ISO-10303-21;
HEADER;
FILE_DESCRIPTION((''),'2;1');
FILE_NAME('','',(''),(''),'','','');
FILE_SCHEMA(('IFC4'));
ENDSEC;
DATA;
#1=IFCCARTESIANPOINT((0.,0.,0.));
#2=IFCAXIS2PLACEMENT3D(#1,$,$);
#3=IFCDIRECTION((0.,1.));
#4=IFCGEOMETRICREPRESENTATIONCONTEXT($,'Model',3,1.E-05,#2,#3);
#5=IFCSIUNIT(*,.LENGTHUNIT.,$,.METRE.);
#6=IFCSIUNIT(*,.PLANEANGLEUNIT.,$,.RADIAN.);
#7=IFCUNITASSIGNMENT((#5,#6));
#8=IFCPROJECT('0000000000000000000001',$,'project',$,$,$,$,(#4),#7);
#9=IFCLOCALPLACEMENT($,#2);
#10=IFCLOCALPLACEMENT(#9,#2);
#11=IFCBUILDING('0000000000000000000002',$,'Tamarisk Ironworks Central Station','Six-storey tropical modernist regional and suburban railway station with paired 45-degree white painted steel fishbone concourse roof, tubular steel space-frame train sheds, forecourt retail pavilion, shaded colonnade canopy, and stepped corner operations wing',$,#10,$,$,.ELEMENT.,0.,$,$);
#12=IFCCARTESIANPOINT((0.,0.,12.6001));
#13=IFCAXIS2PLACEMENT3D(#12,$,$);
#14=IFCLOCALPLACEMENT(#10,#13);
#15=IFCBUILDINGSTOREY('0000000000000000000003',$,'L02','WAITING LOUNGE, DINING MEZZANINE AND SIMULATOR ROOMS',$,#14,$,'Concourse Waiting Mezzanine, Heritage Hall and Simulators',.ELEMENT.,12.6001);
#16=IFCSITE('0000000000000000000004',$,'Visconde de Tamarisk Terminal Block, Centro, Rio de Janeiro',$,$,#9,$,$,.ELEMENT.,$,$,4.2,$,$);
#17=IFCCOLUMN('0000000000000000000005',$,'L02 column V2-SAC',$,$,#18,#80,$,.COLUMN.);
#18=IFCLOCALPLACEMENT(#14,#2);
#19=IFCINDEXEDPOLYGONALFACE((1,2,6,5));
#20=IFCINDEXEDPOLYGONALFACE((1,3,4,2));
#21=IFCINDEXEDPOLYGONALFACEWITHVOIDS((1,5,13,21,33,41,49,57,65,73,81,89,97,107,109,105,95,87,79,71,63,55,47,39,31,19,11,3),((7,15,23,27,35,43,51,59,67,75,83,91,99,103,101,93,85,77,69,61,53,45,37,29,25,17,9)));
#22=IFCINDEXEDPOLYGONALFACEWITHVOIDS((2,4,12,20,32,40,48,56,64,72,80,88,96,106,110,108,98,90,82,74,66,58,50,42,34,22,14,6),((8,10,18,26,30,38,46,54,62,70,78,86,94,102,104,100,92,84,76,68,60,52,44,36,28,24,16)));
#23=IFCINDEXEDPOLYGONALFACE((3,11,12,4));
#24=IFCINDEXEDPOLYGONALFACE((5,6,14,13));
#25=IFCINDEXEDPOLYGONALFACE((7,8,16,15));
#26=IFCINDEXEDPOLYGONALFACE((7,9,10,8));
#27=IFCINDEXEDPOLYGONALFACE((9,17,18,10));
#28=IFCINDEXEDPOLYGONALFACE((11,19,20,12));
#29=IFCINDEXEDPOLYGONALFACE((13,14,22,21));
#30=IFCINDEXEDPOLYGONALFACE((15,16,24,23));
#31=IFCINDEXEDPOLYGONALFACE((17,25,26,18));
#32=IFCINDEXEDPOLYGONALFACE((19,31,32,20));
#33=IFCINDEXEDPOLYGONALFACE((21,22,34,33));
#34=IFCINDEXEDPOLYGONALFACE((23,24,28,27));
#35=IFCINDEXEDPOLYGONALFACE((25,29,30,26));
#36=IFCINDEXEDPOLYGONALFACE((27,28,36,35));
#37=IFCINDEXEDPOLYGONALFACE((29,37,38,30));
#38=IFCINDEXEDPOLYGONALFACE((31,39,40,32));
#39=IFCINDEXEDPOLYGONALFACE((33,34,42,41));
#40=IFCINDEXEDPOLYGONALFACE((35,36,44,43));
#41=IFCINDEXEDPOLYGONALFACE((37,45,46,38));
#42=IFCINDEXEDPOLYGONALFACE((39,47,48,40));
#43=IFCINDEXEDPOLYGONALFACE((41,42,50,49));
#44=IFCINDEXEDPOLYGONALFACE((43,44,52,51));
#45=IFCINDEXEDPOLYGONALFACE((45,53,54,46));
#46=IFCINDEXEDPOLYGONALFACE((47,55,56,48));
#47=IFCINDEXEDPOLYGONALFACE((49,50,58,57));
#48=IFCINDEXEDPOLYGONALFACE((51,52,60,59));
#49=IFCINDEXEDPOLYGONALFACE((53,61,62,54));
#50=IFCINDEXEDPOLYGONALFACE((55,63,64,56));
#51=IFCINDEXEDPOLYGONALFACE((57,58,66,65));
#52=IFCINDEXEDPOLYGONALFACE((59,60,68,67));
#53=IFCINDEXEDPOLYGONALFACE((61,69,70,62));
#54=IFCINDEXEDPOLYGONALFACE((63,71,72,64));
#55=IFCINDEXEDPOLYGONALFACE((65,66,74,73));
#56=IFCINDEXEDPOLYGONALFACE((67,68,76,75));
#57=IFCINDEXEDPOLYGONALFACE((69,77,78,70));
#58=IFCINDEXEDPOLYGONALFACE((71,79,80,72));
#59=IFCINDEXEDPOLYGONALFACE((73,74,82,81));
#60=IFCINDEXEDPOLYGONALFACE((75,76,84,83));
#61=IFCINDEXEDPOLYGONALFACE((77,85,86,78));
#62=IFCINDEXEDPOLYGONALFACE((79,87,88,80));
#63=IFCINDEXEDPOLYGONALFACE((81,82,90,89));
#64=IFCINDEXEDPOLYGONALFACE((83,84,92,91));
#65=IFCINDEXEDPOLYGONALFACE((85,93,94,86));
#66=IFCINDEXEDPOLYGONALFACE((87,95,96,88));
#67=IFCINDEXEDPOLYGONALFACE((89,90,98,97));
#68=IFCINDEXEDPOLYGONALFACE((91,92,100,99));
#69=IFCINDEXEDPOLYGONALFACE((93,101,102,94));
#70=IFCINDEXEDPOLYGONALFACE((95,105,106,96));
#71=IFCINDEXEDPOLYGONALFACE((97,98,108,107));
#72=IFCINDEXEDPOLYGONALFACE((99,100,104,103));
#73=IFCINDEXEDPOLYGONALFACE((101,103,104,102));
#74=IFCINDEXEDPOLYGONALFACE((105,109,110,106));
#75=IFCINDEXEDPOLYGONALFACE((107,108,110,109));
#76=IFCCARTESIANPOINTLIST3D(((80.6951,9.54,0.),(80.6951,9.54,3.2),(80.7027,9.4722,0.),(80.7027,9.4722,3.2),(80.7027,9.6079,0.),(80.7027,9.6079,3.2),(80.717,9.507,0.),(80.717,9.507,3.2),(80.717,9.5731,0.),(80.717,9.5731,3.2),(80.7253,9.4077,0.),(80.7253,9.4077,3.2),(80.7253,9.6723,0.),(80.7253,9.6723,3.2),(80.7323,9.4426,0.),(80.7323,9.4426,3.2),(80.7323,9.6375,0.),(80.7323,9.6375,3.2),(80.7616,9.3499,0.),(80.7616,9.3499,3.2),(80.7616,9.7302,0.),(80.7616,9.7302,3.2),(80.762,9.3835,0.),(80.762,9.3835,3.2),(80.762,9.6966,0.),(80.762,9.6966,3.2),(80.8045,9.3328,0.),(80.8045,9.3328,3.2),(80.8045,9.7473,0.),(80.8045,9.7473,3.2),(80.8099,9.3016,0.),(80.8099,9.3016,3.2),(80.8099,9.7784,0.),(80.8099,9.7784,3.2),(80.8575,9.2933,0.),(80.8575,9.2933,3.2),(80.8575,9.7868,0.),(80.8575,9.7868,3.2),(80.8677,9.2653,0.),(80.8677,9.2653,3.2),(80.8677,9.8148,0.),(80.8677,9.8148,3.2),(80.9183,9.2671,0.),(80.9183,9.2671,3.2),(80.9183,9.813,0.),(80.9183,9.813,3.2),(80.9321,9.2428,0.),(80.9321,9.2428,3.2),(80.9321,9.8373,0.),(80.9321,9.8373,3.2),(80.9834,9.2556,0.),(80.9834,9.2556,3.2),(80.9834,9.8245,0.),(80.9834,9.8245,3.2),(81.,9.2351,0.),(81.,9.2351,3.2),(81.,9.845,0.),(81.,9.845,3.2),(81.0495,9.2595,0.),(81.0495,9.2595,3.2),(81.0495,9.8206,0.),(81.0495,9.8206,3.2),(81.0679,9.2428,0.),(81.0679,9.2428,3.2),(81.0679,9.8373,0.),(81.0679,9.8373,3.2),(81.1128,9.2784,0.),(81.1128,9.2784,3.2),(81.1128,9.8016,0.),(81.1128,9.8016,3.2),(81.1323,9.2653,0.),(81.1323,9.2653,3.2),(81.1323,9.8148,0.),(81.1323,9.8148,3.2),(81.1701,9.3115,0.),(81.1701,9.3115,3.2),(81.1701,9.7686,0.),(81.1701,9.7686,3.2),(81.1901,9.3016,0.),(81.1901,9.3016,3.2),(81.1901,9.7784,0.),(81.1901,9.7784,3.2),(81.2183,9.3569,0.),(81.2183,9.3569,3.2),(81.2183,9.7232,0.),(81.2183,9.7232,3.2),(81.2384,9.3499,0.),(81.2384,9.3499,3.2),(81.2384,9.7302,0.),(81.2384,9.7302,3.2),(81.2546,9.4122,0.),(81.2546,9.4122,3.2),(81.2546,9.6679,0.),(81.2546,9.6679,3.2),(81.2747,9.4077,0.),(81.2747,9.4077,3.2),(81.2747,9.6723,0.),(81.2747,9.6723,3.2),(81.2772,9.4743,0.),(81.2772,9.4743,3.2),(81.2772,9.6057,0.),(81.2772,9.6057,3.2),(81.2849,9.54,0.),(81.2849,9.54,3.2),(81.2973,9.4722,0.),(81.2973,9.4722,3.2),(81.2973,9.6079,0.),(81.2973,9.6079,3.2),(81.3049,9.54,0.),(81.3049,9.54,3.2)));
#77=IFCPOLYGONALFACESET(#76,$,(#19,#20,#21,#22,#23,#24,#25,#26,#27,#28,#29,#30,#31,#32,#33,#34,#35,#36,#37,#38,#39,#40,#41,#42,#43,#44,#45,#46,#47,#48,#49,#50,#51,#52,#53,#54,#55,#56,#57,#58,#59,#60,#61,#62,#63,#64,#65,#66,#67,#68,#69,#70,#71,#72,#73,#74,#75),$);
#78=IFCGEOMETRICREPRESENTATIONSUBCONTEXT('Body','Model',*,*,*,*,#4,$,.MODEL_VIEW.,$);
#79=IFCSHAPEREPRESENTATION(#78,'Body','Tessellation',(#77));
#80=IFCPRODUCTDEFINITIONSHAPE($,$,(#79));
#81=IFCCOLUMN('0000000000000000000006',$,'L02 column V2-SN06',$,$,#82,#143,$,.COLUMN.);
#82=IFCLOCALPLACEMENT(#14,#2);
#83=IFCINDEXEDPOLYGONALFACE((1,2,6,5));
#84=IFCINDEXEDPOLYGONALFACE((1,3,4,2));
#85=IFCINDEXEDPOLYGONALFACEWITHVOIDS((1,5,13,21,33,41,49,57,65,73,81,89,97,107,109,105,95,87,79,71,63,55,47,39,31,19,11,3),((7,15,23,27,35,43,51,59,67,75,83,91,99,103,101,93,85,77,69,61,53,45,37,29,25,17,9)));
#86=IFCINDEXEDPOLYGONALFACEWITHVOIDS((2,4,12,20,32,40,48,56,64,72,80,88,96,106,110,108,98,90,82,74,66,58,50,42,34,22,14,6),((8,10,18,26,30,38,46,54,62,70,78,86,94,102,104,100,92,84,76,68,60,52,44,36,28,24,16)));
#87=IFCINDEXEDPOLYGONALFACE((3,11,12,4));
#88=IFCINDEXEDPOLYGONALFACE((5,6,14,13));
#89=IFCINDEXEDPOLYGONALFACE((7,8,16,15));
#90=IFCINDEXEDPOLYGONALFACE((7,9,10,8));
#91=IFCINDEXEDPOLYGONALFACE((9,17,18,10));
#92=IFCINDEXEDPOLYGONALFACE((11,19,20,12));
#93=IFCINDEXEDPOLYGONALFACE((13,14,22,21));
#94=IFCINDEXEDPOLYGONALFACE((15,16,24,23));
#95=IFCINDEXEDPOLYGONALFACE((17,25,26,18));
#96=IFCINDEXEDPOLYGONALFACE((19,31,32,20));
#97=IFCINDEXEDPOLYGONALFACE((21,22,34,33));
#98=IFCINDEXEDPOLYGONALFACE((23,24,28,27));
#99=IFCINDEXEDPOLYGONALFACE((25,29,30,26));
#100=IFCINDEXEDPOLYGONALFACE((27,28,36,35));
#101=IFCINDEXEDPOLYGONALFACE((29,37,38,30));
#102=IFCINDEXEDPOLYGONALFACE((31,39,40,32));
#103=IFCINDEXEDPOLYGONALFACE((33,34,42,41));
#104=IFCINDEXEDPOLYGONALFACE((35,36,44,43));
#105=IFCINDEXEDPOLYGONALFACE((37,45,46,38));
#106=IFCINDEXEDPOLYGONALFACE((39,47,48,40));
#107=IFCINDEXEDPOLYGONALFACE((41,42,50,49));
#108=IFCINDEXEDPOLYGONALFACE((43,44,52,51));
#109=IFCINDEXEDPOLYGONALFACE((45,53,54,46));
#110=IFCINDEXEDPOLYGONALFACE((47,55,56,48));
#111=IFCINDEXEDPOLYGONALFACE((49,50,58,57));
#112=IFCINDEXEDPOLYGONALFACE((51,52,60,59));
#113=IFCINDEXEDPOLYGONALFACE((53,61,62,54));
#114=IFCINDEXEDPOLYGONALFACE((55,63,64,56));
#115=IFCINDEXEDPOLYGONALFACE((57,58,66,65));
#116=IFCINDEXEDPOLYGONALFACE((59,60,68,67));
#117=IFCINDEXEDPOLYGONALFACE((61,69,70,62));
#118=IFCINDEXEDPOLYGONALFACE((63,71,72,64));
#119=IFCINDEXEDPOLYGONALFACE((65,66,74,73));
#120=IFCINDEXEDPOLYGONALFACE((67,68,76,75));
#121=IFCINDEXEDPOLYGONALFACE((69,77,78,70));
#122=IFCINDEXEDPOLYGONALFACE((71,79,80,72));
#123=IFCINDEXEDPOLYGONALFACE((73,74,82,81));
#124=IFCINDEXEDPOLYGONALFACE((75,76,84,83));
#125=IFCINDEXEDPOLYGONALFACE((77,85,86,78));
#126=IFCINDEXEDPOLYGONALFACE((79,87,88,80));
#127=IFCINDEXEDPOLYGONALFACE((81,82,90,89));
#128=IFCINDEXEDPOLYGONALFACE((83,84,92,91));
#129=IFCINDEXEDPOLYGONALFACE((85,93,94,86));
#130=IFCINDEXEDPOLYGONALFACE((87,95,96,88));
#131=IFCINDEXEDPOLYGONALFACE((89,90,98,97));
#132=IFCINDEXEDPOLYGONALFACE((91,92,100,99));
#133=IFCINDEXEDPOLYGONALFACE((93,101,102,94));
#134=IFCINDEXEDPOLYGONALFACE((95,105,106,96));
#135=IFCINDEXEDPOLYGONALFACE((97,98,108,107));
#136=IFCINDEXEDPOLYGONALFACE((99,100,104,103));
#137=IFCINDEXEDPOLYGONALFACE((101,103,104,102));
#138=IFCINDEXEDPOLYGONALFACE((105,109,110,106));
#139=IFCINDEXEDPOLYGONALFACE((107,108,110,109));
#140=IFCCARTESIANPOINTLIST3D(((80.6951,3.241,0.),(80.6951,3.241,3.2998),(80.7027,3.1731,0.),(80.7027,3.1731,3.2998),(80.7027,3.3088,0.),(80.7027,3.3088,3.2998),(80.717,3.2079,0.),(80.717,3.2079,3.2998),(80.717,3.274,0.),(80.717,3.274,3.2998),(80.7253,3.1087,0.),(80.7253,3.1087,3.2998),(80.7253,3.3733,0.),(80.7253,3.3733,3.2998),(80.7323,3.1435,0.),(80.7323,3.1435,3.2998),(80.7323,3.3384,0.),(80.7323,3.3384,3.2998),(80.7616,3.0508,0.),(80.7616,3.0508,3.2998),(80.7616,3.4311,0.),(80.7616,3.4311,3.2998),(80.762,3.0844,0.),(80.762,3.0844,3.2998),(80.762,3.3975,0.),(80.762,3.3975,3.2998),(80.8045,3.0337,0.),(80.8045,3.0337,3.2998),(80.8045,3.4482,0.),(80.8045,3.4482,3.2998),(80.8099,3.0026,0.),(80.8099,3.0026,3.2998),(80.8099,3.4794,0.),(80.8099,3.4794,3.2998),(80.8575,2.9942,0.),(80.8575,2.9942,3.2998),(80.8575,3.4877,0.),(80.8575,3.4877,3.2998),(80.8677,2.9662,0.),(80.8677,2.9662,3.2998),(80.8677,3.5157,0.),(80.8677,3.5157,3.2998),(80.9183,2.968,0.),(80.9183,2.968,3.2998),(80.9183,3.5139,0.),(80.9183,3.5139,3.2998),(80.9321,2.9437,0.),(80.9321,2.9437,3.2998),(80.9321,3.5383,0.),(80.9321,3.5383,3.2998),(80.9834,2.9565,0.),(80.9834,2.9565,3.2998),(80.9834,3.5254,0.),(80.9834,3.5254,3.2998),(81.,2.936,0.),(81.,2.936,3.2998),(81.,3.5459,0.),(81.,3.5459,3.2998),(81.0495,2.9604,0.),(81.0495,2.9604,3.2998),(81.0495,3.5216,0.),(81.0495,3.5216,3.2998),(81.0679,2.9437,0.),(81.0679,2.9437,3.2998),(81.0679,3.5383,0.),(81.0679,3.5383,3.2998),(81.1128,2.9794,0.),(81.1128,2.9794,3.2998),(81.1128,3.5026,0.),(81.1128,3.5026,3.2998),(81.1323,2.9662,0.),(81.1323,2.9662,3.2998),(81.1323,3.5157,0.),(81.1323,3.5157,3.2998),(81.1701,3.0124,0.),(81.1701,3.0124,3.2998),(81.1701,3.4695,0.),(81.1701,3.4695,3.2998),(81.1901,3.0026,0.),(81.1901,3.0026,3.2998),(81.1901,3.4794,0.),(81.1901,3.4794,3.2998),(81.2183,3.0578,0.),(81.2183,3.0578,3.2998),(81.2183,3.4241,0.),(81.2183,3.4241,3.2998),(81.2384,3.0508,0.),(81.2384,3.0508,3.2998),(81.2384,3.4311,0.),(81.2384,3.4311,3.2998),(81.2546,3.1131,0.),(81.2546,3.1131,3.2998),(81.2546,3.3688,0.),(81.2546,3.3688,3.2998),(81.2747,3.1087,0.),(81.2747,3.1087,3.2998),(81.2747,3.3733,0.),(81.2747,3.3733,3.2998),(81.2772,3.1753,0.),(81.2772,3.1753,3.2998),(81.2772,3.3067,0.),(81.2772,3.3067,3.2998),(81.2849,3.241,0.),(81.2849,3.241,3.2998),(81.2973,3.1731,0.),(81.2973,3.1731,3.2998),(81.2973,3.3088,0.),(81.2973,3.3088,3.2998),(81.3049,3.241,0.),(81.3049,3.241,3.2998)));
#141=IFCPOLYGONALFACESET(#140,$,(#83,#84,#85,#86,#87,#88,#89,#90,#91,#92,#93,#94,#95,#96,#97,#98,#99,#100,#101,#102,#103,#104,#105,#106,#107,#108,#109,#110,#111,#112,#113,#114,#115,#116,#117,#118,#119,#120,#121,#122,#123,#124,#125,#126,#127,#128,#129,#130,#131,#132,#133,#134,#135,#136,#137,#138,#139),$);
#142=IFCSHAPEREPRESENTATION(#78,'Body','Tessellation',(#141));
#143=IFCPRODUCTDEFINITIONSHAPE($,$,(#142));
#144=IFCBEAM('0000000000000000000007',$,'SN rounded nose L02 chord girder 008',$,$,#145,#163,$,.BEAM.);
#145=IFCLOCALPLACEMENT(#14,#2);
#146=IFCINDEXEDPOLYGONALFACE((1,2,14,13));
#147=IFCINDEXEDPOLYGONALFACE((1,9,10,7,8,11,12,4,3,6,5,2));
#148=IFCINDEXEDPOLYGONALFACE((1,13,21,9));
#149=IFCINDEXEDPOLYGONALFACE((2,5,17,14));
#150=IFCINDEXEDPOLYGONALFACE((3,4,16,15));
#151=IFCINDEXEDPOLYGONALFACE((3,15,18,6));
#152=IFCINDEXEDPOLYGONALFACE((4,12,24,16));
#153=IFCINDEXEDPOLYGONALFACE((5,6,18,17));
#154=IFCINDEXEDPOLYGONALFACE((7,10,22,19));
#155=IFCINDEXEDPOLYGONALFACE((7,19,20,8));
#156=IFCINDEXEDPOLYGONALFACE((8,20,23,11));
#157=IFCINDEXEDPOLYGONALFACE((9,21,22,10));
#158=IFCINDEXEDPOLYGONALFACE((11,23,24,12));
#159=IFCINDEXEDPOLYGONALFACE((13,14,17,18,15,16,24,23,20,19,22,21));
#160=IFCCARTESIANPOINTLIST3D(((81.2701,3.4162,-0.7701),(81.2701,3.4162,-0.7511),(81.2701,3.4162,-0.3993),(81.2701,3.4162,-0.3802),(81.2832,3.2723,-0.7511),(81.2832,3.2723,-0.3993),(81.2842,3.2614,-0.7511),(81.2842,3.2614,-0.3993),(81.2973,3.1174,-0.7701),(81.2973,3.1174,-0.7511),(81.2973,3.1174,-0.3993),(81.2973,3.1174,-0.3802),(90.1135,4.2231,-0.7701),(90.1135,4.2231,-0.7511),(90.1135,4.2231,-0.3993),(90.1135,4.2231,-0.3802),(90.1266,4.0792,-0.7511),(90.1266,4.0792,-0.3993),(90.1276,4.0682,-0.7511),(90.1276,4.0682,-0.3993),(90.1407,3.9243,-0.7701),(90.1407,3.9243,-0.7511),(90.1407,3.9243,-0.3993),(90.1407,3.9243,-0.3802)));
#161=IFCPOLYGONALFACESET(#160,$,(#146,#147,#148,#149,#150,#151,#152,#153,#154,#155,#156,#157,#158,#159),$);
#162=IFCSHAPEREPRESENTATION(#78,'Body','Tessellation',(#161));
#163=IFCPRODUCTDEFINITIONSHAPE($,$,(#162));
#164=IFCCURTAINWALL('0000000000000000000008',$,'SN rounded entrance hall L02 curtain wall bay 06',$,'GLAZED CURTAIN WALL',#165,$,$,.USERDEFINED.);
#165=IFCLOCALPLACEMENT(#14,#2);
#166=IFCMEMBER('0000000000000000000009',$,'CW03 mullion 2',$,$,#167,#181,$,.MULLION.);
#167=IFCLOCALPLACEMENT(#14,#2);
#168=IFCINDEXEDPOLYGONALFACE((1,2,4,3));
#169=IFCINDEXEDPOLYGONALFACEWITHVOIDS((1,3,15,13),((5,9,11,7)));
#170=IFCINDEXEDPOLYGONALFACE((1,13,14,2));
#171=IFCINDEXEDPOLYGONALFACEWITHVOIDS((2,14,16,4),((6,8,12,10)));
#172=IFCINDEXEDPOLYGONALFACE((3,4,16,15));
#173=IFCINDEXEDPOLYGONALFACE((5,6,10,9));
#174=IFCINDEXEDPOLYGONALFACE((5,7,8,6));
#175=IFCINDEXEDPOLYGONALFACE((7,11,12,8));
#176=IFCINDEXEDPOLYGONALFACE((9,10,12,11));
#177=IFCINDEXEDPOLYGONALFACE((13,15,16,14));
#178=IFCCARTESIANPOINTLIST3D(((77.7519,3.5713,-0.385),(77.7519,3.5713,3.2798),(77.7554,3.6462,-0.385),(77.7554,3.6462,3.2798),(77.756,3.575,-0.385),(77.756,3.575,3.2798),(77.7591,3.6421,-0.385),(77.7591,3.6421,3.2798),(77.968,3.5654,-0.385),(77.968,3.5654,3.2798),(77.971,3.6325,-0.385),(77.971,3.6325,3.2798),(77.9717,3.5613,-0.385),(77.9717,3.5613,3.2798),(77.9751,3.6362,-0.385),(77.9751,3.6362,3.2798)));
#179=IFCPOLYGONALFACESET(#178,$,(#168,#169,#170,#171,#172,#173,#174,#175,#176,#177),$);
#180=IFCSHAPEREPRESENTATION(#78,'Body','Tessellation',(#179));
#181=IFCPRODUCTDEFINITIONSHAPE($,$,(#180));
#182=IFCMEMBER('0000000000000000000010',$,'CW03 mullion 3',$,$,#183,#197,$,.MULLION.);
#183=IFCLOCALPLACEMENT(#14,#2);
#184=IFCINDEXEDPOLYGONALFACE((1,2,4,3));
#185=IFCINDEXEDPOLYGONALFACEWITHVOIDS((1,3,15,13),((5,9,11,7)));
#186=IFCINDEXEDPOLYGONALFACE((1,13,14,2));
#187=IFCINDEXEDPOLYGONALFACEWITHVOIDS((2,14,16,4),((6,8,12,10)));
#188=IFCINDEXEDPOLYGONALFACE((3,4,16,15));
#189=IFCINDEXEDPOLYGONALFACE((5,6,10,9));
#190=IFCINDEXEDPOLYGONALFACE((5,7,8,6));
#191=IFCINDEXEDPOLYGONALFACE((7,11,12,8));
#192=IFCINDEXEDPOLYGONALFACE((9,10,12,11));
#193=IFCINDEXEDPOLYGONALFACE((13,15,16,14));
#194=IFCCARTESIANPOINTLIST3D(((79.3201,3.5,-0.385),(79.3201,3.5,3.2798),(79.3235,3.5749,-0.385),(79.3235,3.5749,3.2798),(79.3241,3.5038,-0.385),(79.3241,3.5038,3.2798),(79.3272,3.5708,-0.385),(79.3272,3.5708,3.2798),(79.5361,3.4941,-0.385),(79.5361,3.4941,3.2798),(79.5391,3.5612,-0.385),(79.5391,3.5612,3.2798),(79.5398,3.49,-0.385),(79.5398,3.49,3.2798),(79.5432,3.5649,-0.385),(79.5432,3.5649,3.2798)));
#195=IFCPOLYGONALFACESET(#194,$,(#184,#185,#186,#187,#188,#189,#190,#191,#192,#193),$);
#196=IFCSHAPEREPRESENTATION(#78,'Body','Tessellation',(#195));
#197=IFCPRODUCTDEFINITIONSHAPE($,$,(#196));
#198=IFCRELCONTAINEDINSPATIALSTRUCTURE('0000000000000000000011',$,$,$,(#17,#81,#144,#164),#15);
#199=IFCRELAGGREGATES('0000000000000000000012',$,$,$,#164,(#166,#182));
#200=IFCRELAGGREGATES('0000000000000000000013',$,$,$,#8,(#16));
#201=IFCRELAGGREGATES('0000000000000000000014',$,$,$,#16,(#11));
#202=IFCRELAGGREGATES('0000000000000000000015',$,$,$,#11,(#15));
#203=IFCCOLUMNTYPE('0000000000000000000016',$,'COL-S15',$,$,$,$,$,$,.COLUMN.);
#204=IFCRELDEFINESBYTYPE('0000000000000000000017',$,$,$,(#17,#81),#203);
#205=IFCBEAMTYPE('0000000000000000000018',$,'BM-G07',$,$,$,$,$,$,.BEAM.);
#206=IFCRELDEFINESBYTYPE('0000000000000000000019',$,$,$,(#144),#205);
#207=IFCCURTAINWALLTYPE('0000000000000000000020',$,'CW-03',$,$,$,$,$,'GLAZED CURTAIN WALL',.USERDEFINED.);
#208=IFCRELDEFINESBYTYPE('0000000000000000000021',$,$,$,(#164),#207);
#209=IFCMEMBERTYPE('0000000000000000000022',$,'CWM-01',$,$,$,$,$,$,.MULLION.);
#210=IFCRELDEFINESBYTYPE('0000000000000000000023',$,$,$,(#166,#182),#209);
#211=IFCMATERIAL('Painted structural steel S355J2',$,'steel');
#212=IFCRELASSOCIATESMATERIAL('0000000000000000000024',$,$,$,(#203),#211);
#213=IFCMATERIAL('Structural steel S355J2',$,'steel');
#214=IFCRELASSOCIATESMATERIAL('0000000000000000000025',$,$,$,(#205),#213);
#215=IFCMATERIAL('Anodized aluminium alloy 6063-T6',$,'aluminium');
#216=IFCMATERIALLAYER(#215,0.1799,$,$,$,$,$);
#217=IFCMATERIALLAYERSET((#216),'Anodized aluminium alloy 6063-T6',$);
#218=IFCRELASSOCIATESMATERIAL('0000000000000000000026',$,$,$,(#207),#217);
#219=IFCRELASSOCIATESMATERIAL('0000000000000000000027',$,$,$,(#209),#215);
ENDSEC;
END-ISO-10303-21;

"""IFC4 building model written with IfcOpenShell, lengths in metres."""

from ifc_helpers import new_model, si_unit, direction, frame, origin, origin_2d, place, context, subcontext, project, spatial, hollow_rectangle, hollow_circle, i_section, extrude, material, layer, layer_set, material_profile, profile_set, type_object, element, aggregate, save


model = new_model("IFC4")

# Units and contexts
model_context = context("Model", 3, precision=1e-05, world=origin(), true_north=direction((0.0, 1.0)))
body_context = subcontext(model_context, "Body", "Model", "MODEL_VIEW")
ifc_project = project(units=[si_unit("LENGTHUNIT", "METRE"), si_unit("PLANEANGLEUNIT", "RADIAN")], contexts=[model_context])

# Site, building, storey
site_placement = place(None, origin())
site = spatial("IfcSite", under=ifc_project, at=site_placement, Name="Visconde de Tamarisk Terminal Block, Centro, Rio de Janeiro", CompositionType="ELEMENT", RefElevation=4.2)
building_placement = place(site_placement, origin())
building = spatial("IfcBuilding", under=site, at=building_placement, Name="Tamarisk Ironworks Central Station", Description="Six-storey tropical modernist regional and suburban railway station with paired 45-degree white painted steel fishbone concourse roof, tubular steel space-frame train sheds, forecourt retail pavilion, shaded colonnade canopy, and stepped corner operations wing", CompositionType="ELEMENT", ElevationOfRefHeight=0.0)
storey_placement = place(building_placement, frame((0.0, 0.0, 12.6001)))
storey = spatial("IfcBuildingStorey", under=building, at=storey_placement, Name="L02", Description="WAITING LOUNGE, DINING MEZZANINE AND SIMULATOR ROOMS", LongName="Concourse Waiting Mezzanine, Heritage Hall and Simulators", CompositionType="ELEMENT", Elevation=12.6001)

# Columns
ifc_material_1 = material(Name="Painted structural steel S355J2", Category="steel")
ifc_material_profile_1 = material_profile(ifc_material_1, hollow_circle(Radius=0.3049, WallThickness=0.02, at=origin_2d()), Name="CHS 610x20")
ifc_profile_set_1 = profile_set([ifc_material_profile_1], Name="Painted structural steel S355J2")
column_type = type_object("IfcColumnType", Name="COL-S15", PredefinedType="COLUMN", material=ifc_profile_set_1)
column_1_placement = place(storey_placement, frame((81.0, 9.54, 0.0), z_axis=(0.0, 0.0, 1.0), x_axis=(1.0, 0.0, 0.0)))
element("IfcColumn", 1, at=column_1_placement, inside=storey, type_object=column_type, Name="L02 column V2-SAC", PredefinedType="COLUMN", context=body_context, shape_type="SweptSolid", body=[
    extrude(hollow_circle(Radius=0.3049, WallThickness=0.02, at=origin_2d()), origin(), (0.0, 0.0, 1.0), 3.2),
])
column_2_placement = place(storey_placement, frame((81.0, 3.241, 0.0), z_axis=(0.0, 0.0, 1.0), x_axis=(1.0, 0.0, 0.0)))
element("IfcColumn", 2, at=column_2_placement, inside=storey, type_object=column_type, Name="L02 column V2-SN06", PredefinedType="COLUMN", context=body_context, shape_type="SweptSolid", body=[
    extrude(hollow_circle(Radius=0.3049, WallThickness=0.02, at=origin_2d()), origin(), (0.0, 0.0, 1.0), 3.2998),
])

# Beam
ifc_material_2 = material(Name="Structural steel S355J2", Category="steel")
ifc_material_profile_2 = material_profile(ifc_material_2, i_section(OverallWidth=0.3, OverallDepth=0.3899, WebThickness=0.011, FlangeThickness=0.019, at=origin_2d()), Name="HEA 400")
ifc_profile_set_2 = profile_set([ifc_material_profile_2], Name="Structural steel S355J2")
beam_type = type_object("IfcBeamType", Name="BM-G07", PredefinedType="BEAM", material=ifc_profile_set_2)
beam_placement = place(storey_placement, frame((81.2837, 3.2668, -0.5752), z_axis=(0.995863, 0.090863, 0.0), x_axis=(-0.090863, 0.995863, 0.0)))
element("IfcBeam", 3, at=beam_placement, inside=storey, type_object=beam_type, Name="SN rounded nose L02 chord girder 008", PredefinedType="BEAM", context=body_context, shape_type="SweptSolid", body=[
    extrude(i_section(OverallWidth=0.3, OverallDepth=0.3899, WebThickness=0.011, FlangeThickness=0.019, at=origin_2d()), origin(), (0.0, 0.0, 1.0), 8.8801),
])

# Curtain wall, members
ifc_material_3 = material(Name="Anodized aluminium alloy 6063-T6", Category="aluminium")
ifc_layer_1 = layer(ifc_material_3, 0.1799)
ifc_layer_set_1 = layer_set([ifc_layer_1], Name="Anodized aluminium alloy 6063-T6")
curtain_wall_type = type_object("IfcCurtainWallType", Name="CW-03", ElementType="GLAZED CURTAIN WALL", PredefinedType="USERDEFINED", material=ifc_layer_set_1)
curtain_wall_1_placement = place(storey_placement, origin())
curtain_wall_1 = element("IfcCurtainWall", 4, at=curtain_wall_1_placement, inside=storey, type_object=curtain_wall_type, Name="SN rounded entrance hall L02 curtain wall bay 06", ObjectType="GLAZED CURTAIN WALL", PredefinedType="USERDEFINED")
ifc_material_profile_3 = material_profile(ifc_material_3, hollow_rectangle(XDim=0.075, YDim=0.22, WallThickness=0.0039, at=origin_2d()), Name="ALUM 220x75")
ifc_profile_set_3 = profile_set([ifc_material_profile_3], Name="Anodized aluminium alloy 6063-T6")
member_type_1 = type_object("IfcMemberType", Name="CWM-01", PredefinedType="MULLION", material=ifc_profile_set_3)
member_1_placement = place(storey_placement, frame((77.8635, 3.6038, -0.385), z_axis=(0.0, 0.0, 1.0), x_axis=(0.045481, 0.998965, 0.0)))
member_1 = element("IfcMember", 5, at=member_1_placement, type_object=member_type_1, Name="CW03 mullion 2", PredefinedType="MULLION", context=body_context, shape_type="SweptSolid", body=[
    extrude(hollow_rectangle(XDim=0.075, YDim=0.22, WallThickness=0.0039, at=origin_2d()), origin(), (0.0, 0.0, 1.0), 3.6648),
])
member_2_placement = place(storey_placement, frame((79.4316, 3.5325, -0.385), z_axis=(0.0, 0.0, 1.0), x_axis=(0.045481, 0.998965, 0.0)))
member_2 = element("IfcMember", 6, at=member_2_placement, type_object=member_type_1, Name="CW03 mullion 3", PredefinedType="MULLION", context=body_context, shape_type="SweptSolid", body=[
    extrude(hollow_rectangle(XDim=0.075, YDim=0.22, WallThickness=0.0039, at=origin_2d()), origin(), (0.0, 0.0, 1.0), 3.6648),
])

aggregate(curtain_wall_1, [member_1, member_2])

save(model, "model.ifc")
